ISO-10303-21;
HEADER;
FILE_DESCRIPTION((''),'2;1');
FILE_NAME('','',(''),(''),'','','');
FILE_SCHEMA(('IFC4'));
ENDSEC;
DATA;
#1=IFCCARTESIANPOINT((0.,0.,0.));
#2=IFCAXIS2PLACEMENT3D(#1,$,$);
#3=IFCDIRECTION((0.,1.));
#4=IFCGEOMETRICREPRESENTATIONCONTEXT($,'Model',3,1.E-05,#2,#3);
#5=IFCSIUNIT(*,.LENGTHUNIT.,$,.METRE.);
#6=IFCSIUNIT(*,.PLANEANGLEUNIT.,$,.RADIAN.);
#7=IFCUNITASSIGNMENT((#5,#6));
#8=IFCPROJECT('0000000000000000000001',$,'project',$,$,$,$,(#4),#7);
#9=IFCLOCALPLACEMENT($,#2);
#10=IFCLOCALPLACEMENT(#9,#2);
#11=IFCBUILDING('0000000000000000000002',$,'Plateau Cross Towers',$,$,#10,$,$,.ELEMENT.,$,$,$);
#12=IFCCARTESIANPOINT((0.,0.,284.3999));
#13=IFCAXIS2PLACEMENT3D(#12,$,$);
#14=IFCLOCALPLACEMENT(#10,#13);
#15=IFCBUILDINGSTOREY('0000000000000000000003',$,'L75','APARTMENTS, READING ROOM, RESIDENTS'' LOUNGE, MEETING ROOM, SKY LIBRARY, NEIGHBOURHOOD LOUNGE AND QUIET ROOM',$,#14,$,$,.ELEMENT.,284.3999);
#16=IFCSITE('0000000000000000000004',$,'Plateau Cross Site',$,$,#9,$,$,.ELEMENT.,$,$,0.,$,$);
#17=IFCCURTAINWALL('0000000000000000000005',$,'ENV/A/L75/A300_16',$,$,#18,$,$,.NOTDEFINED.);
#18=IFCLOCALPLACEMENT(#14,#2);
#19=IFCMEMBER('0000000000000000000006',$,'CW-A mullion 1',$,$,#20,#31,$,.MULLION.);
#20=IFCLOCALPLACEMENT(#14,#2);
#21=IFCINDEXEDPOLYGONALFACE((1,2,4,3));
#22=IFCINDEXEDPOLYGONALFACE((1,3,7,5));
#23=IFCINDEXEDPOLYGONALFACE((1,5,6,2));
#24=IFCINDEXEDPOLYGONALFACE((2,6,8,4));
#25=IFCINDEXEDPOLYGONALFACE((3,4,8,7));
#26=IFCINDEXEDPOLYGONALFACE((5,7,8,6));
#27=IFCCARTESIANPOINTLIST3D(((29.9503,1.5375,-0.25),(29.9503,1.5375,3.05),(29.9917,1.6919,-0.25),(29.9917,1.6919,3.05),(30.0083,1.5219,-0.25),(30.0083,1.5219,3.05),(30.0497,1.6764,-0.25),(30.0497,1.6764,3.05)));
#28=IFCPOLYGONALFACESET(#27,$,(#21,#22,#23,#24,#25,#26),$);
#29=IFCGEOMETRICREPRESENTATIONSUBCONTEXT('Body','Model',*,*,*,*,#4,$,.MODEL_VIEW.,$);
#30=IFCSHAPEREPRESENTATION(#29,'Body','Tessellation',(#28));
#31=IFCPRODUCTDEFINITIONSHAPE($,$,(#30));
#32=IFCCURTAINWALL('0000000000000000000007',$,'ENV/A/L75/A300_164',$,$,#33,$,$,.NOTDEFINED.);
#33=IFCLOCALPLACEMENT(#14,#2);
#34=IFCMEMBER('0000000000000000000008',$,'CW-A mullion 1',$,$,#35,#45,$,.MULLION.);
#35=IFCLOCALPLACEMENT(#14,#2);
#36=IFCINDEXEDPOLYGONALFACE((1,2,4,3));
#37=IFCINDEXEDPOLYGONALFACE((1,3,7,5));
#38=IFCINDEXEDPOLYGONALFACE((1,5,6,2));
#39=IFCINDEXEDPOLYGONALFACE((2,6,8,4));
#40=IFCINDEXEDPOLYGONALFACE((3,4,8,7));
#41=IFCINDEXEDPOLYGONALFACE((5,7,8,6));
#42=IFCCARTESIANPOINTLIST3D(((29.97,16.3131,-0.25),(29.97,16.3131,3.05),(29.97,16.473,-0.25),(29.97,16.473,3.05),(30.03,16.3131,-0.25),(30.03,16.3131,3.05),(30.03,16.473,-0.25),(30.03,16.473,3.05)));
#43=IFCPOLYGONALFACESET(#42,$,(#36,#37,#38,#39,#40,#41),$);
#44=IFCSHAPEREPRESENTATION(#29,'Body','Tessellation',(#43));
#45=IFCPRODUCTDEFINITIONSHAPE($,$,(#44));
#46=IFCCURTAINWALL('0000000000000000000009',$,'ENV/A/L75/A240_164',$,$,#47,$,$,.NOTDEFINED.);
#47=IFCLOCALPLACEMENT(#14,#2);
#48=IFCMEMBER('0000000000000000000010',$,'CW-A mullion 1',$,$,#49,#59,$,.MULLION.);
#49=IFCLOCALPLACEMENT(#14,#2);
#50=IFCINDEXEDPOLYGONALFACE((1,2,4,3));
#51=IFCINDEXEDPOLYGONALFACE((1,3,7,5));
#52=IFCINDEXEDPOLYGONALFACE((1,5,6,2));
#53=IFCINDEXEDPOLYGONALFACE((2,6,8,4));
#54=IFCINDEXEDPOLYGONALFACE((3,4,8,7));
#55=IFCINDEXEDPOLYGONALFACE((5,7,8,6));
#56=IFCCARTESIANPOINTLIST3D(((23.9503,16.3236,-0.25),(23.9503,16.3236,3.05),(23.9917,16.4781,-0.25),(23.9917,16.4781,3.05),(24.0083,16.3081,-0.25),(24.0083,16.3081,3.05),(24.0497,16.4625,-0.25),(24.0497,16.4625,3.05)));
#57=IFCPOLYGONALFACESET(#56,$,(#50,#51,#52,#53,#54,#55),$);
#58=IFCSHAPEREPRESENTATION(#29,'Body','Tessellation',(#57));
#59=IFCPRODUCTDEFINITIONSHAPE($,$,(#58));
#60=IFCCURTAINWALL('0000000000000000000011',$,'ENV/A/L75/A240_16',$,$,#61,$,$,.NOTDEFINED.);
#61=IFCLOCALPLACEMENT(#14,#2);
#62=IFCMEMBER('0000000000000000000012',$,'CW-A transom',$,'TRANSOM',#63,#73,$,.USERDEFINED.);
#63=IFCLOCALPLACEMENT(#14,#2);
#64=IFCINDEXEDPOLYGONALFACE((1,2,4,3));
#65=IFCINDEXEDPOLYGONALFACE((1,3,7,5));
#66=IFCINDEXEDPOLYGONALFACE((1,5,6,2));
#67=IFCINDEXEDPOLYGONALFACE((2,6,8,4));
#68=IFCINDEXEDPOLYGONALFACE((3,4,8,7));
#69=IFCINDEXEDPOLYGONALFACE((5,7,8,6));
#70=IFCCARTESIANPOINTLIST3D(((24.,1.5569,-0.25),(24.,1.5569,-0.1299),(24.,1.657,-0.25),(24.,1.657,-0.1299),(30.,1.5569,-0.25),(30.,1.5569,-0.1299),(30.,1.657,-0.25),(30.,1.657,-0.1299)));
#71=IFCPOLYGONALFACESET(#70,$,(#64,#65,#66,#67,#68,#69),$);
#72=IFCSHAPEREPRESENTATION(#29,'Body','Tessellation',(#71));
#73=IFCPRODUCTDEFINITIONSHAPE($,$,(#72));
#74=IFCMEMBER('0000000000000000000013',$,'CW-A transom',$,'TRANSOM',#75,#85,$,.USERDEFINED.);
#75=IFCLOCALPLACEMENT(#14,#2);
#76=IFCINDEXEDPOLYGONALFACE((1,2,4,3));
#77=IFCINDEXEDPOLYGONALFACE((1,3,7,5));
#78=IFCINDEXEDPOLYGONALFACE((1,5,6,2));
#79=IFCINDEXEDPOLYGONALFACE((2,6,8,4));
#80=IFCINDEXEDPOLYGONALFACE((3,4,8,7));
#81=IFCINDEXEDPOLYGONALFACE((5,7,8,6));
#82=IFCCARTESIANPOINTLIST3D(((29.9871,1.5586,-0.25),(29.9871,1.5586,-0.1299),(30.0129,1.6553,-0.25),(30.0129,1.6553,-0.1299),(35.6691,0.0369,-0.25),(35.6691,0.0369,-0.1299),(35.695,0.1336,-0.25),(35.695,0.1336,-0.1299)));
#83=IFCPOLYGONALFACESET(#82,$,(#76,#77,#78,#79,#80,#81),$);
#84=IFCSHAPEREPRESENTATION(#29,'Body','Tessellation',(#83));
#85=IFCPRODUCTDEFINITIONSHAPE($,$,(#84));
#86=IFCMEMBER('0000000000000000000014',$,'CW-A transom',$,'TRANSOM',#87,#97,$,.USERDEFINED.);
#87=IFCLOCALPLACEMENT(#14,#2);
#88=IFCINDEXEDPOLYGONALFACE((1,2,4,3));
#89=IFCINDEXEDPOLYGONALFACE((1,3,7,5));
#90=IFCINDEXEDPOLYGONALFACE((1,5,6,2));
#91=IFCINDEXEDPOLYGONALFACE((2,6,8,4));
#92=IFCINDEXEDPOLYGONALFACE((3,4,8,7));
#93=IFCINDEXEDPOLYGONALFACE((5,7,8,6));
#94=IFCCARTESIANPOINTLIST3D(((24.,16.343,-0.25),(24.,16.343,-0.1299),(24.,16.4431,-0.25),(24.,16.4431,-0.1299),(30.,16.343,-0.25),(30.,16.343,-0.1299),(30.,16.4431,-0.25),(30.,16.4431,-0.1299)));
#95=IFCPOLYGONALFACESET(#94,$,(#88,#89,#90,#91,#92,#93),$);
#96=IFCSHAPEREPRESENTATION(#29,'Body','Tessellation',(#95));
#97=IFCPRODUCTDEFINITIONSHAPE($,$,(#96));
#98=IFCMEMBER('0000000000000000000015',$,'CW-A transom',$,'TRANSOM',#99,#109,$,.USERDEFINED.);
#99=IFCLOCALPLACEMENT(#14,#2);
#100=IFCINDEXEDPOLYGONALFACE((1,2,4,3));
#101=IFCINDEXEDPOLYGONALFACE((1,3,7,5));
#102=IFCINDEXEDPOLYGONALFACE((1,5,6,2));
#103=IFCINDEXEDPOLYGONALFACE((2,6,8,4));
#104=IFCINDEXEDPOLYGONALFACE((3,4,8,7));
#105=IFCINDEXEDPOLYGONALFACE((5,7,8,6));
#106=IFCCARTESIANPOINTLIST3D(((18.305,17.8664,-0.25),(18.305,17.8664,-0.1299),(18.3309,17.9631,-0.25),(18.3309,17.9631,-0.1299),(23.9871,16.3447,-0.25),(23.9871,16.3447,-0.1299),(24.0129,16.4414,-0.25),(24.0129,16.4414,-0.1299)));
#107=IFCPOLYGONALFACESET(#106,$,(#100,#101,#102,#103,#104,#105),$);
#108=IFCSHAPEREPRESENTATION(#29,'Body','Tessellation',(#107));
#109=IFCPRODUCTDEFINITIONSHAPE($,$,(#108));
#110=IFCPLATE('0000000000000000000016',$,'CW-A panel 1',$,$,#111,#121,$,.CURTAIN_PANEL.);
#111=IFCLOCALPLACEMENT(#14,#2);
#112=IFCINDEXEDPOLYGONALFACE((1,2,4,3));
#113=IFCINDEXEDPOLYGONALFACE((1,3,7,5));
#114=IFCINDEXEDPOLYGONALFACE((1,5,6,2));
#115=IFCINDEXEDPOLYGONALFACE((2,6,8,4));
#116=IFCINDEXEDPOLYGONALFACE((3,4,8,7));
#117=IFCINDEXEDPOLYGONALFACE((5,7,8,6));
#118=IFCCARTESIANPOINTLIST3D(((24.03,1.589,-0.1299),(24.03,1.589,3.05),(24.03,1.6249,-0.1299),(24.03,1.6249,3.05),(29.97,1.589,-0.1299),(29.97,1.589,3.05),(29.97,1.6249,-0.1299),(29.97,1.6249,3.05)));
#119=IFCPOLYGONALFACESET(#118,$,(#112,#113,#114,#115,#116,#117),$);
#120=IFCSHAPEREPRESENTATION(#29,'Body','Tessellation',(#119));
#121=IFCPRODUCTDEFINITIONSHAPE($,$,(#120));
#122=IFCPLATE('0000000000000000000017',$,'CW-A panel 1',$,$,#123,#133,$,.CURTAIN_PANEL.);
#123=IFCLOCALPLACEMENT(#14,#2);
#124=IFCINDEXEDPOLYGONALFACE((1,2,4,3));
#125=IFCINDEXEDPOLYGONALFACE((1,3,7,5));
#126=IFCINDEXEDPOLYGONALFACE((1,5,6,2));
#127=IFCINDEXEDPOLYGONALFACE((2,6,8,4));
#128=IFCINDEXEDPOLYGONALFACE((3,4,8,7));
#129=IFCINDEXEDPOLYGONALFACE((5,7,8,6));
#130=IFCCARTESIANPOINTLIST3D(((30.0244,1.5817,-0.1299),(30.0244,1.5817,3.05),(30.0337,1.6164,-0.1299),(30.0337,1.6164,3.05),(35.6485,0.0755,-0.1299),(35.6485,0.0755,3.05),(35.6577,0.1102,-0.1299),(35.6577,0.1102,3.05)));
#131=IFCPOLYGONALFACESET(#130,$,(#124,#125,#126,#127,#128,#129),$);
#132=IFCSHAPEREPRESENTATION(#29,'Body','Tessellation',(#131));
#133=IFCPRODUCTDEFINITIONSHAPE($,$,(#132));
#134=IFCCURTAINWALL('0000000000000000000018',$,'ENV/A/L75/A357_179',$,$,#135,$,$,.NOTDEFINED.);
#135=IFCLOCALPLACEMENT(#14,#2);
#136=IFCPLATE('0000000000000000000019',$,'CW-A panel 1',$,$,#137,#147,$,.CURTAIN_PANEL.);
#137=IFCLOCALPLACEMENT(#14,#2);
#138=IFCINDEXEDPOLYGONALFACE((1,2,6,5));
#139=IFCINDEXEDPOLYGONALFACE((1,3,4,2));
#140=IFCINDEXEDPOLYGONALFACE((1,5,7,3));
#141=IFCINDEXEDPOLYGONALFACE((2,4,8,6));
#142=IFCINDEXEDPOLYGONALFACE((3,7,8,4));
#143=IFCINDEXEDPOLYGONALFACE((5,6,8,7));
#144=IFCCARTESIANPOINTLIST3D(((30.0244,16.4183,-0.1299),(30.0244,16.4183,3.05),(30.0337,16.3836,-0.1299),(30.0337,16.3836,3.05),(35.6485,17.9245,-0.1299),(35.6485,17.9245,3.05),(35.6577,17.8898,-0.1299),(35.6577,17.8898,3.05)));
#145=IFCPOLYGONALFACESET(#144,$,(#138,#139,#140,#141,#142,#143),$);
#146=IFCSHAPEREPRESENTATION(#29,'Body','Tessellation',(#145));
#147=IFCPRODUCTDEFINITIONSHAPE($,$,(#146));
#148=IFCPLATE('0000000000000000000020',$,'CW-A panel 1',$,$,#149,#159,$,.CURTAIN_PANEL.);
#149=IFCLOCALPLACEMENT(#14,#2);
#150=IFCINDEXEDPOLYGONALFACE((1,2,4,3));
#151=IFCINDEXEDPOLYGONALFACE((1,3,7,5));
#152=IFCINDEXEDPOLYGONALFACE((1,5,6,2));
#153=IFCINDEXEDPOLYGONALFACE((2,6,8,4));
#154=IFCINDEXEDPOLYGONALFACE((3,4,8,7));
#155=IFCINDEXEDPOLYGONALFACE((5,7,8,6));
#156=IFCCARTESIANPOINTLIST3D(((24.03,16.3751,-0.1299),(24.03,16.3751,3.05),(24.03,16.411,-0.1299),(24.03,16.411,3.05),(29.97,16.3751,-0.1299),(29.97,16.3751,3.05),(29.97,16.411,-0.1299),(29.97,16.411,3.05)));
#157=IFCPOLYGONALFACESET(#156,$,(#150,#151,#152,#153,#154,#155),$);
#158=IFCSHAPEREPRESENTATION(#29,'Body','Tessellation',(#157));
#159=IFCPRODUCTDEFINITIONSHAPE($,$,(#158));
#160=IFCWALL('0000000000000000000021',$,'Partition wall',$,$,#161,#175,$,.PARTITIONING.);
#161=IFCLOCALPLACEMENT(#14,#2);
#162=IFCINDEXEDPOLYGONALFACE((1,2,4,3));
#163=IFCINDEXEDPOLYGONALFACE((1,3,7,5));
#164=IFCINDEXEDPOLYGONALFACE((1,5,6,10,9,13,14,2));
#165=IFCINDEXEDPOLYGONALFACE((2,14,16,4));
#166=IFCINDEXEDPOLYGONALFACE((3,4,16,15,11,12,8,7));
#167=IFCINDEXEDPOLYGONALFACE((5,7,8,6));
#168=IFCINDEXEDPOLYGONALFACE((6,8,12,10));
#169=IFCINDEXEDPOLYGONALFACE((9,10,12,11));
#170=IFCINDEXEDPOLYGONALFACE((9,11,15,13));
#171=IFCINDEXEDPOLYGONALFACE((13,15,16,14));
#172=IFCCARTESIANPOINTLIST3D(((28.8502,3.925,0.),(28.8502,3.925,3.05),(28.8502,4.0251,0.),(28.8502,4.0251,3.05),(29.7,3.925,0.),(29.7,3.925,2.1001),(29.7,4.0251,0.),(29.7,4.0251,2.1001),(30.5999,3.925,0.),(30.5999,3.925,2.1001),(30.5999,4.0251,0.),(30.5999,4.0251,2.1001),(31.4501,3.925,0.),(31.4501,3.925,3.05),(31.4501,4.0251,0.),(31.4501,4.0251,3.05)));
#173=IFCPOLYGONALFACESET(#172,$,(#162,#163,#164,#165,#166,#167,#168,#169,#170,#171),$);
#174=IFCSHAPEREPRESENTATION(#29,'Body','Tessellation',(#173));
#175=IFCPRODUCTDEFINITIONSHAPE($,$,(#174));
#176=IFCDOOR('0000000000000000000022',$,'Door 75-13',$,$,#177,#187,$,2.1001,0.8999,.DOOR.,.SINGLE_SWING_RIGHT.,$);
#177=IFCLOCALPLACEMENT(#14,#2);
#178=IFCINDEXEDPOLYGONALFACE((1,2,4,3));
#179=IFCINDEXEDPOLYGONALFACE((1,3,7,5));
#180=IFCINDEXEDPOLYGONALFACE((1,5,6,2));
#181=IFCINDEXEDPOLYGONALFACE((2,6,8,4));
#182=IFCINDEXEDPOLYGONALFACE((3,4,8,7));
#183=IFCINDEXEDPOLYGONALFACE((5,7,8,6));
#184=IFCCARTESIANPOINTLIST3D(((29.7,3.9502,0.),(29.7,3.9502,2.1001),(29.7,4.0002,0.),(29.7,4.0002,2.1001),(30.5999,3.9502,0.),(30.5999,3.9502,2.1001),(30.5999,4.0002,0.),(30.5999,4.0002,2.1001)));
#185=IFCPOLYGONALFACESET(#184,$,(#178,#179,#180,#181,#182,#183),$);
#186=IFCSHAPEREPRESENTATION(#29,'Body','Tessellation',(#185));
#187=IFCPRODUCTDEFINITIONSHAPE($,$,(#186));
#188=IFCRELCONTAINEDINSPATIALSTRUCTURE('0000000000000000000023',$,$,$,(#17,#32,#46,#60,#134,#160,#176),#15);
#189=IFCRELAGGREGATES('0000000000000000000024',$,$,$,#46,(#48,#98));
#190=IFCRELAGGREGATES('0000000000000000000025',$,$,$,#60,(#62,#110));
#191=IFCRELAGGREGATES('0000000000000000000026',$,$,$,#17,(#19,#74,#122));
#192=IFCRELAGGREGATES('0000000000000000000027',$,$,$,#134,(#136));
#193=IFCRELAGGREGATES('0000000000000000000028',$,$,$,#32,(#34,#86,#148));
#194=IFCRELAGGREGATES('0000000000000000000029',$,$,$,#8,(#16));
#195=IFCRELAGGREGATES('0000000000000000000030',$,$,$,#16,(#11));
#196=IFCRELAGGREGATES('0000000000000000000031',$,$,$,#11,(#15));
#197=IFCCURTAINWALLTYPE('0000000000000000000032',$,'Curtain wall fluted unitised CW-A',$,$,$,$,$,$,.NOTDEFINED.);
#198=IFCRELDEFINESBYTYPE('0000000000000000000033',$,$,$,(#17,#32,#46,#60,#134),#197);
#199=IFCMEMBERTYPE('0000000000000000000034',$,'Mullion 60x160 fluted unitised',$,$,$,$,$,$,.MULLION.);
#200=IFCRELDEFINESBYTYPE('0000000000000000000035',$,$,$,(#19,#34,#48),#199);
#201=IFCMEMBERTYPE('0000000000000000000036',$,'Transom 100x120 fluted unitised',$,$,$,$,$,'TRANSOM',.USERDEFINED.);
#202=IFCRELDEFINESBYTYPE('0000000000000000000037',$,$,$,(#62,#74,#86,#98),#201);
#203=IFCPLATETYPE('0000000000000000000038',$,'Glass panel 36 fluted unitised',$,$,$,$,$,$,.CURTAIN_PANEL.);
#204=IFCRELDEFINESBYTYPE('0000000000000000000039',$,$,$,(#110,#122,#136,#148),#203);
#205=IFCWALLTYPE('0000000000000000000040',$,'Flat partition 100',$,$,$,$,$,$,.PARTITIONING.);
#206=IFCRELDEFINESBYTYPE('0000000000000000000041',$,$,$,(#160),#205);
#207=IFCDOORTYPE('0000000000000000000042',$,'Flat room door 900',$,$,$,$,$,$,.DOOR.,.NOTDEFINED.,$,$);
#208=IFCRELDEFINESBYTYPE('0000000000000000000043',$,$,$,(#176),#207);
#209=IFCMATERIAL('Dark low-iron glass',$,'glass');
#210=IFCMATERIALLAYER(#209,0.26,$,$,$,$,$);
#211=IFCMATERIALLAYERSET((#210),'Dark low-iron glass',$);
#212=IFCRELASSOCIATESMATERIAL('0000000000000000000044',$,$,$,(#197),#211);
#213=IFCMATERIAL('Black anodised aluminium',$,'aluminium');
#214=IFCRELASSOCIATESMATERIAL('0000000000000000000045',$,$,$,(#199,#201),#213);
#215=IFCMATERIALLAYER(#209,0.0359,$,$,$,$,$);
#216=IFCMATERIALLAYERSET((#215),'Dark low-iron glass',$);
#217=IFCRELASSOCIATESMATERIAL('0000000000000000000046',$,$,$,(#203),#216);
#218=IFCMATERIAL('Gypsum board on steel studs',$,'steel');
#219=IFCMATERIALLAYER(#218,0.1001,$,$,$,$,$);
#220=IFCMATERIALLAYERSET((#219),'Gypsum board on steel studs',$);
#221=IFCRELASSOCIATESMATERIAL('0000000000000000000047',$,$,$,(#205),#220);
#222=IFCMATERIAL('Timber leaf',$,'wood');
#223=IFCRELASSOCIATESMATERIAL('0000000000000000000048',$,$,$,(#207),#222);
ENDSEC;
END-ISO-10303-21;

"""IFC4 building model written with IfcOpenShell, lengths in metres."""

from ifc_helpers import new_model, si_unit, direction, frame, frame_2d, origin, origin_2d, place, context, subcontext, project, spatial, rectangle, extrude, material, layer, layer_set, material_profile, profile_set, type_object, element, fill, aggregate, save


model = new_model("IFC4")

# Units and contexts
model_context = context("Model", 3, precision=1e-05, world=origin(), true_north=direction((0.0, 1.0)))
body_context = subcontext(model_context, "Body", "Model", "MODEL_VIEW")
ifc_project = project(units=[si_unit("LENGTHUNIT", "METRE"), si_unit("PLANEANGLEUNIT", "RADIAN")], contexts=[model_context])

# Site, building, storey
site_placement = place(None, origin())
site = spatial("IfcSite", under=ifc_project, at=site_placement, Name="Plateau Cross Site", CompositionType="ELEMENT", RefElevation=0.0)
building_placement = place(site_placement, origin())
building = spatial("IfcBuilding", under=site, at=building_placement, Name="Plateau Cross Towers", CompositionType="ELEMENT")
storey_placement = place(building_placement, frame((0.0, 0.0, 284.3999)))
storey = spatial("IfcBuildingStorey", under=building, at=storey_placement, Name="L75", Description="APARTMENTS, READING ROOM, RESIDENTS' LOUNGE, MEETING ROOM, SKY LIBRARY, NEIGHBOURHOOD LOUNGE AND QUIET ROOM", CompositionType="ELEMENT", Elevation=284.3999)

# Curtain walls, members
ifc_material_1 = material(Name="Dark low-iron glass", Category="glass")
ifc_layer_1 = layer(ifc_material_1, 0.26)
ifc_layer_set_1 = layer_set([ifc_layer_1], Name="Dark low-iron glass")
curtain_wall_type = type_object("IfcCurtainWallType", Name="Curtain wall fluted unitised CW-A", PredefinedType="NOTDEFINED", material=ifc_layer_set_1)
curtain_wall_1_placement = place(storey_placement, origin())
curtain_wall_1 = element("IfcCurtainWall", 1, at=curtain_wall_1_placement, inside=storey, type_object=curtain_wall_type, Name="ENV/A/L75/A300_16", PredefinedType="NOTDEFINED")
ifc_material_2 = material(Name="Black anodised aluminium", Category="aluminium")
ifc_material_profile_1 = material_profile(ifc_material_2, rectangle(XDim=0.0601, YDim=0.1599, at=origin_2d()), Name="MULLION 60x160")
ifc_profile_set_1 = profile_set([ifc_material_profile_1], Name="Black anodised aluminium")
member_type_1 = type_object("IfcMemberType", Name="Mullion 60x160 fluted unitised", PredefinedType="MULLION", material=ifc_profile_set_1)
member_1_placement = place(storey_placement, frame((30.0, 1.6069, -0.25), z_axis=(0.0, 0.0, 1.0), x_axis=(0.965958, -0.258699, 0.0)))
member_1 = element("IfcMember", 2, at=member_1_placement, type_object=member_type_1, Name="CW-A mullion 1", PredefinedType="MULLION", context=body_context, shape_type="SweptSolid", body=[
    extrude(rectangle(XDim=0.0601, YDim=0.1599, at=origin_2d()), origin(), (0.0, 0.0, 1.0), 3.3),
])
curtain_wall_2_placement = place(storey_placement, origin())
curtain_wall_2 = element("IfcCurtainWall", 3, at=curtain_wall_2_placement, inside=storey, type_object=curtain_wall_type, Name="ENV/A/L75/A300_164", PredefinedType="NOTDEFINED")
member_2_placement = place(storey_placement, frame((30.0, 16.3931, -0.25), z_axis=(0.0, 0.0, 1.0), x_axis=(-1.0, 0.0, 0.0)))
member_2 = element("IfcMember", 4, at=member_2_placement, type_object=member_type_1, Name="CW-A mullion 1", PredefinedType="MULLION", context=body_context, shape_type="SweptSolid", body=[
    extrude(rectangle(XDim=0.0601, YDim=0.1599, at=origin_2d()), origin(), (0.0, 0.0, 1.0), 3.3),
])
curtain_wall_3_placement = place(storey_placement, origin())
curtain_wall_3 = element("IfcCurtainWall", 5, at=curtain_wall_3_placement, inside=storey, type_object=curtain_wall_type, Name="ENV/A/L75/A240_164", PredefinedType="NOTDEFINED")
member_3_placement = place(storey_placement, frame((24.0, 16.3931, -0.25), z_axis=(0.0, 0.0, 1.0), x_axis=(-0.965958, 0.258699, 0.0)))
member_3 = element("IfcMember", 6, at=member_3_placement, type_object=member_type_1, Name="CW-A mullion 1", PredefinedType="MULLION", context=body_context, shape_type="SweptSolid", body=[
    extrude(rectangle(XDim=0.0601, YDim=0.1599, at=origin_2d()), origin(), (0.0, 0.0, 1.0), 3.3),
])
curtain_wall_4_placement = place(storey_placement, origin())
curtain_wall_4 = element("IfcCurtainWall", 7, at=curtain_wall_4_placement, inside=storey, type_object=curtain_wall_type, Name="ENV/A/L75/A240_16", PredefinedType="NOTDEFINED")
ifc_material_profile_2 = material_profile(ifc_material_2, rectangle(XDim=0.1001, YDim=0.1201, at=origin_2d()), Name="TRANSOM 100x120")
ifc_profile_set_2 = profile_set([ifc_material_profile_2], Name="Black anodised aluminium")
member_type_2 = type_object("IfcMemberType", Name="Transom 100x120 fluted unitised", ElementType="TRANSOM", PredefinedType="USERDEFINED", material=ifc_profile_set_2)
member_4_placement = place(storey_placement, frame((24.0, 1.6069, -0.1899), z_axis=(1.0, 0.0, 0.0), x_axis=(0.0, 1.0, 0.0)))
member_4 = element("IfcMember", 8, at=member_4_placement, type_object=member_type_2, Name="CW-A transom", ObjectType="TRANSOM", PredefinedType="USERDEFINED", context=body_context, shape_type="SweptSolid", body=[
    extrude(rectangle(XDim=0.1001, YDim=0.1201, at=origin_2d()), origin(), (0.0, 0.0, 1.0), 6.0),
])

# Members
member_5_placement = place(storey_placement, frame((30.0, 1.6069, -0.1899), z_axis=(0.96596, -0.258693, 0.0), x_axis=(0.258693, 0.96596, 0.0)))
member_5 = element("IfcMember", 9, at=member_5_placement, type_object=member_type_2, Name="CW-A transom", ObjectType="TRANSOM", PredefinedType="USERDEFINED", context=body_context, shape_type="SweptSolid", body=[
    extrude(rectangle(XDim=0.1001, YDim=0.1201, at=origin_2d()), origin(), (0.0, 0.0, 1.0), 5.8823),
])
member_6_placement = place(storey_placement, frame((30.0, 16.3931, -0.1899), z_axis=(-1.0, 0.0, 0.0), x_axis=(0.0, -1.0, 0.0)))
member_6 = element("IfcMember", 10, at=member_6_placement, type_object=member_type_2, Name="CW-A transom", ObjectType="TRANSOM", PredefinedType="USERDEFINED", context=body_context, shape_type="SweptSolid", body=[
    extrude(rectangle(XDim=0.1001, YDim=0.1201, at=origin_2d()), origin(), (0.0, 0.0, 1.0), 6.0),
])
member_7_placement = place(storey_placement, frame((24.0, 16.3931, -0.1899), z_axis=(-0.96596, 0.258693, 0.0), x_axis=(-0.258693, -0.96596, 0.0)))
member_7 = element("IfcMember", 11, at=member_7_placement, type_object=member_type_2, Name="CW-A transom", ObjectType="TRANSOM", PredefinedType="USERDEFINED", context=body_context, shape_type="SweptSolid", body=[
    extrude(rectangle(XDim=0.1001, YDim=0.1201, at=origin_2d()), origin(), (0.0, 0.0, 1.0), 5.8823),
])
aggregate(curtain_wall_3, [member_3, member_7])

# Plates
ifc_layer_2 = layer(ifc_material_1, 0.0359)
ifc_layer_set_2 = layer_set([ifc_layer_2], Name="Dark low-iron glass")
plate_type = type_object("IfcPlateType", Name="Glass panel 36 fluted unitised", PredefinedType="CURTAIN_PANEL", material=ifc_layer_set_2)
plate_1_placement = place(storey_placement, frame((27.0, 1.6069, -0.1299), z_axis=(0.0, 0.0, 1.0), x_axis=(1.0, 0.0, 0.0)))
plate_1 = element("IfcPlate", 12, at=plate_1_placement, type_object=plate_type, Name="CW-A panel 1", PredefinedType="CURTAIN_PANEL", context=body_context, shape_type="SweptSolid", body=[
    extrude(rectangle(XDim=5.9399, YDim=0.0359, at=origin_2d()), origin(), (0.0, 0.0, 1.0), 3.1799),
])
aggregate(curtain_wall_4, [member_4, plate_1])
plate_2_placement = place(storey_placement, frame((32.8411, 0.8459, -0.1299), z_axis=(0.0, 0.0, 1.0), x_axis=(0.965958, -0.258699, 0.0)))
plate_2 = element("IfcPlate", 13, at=plate_2_placement, type_object=plate_type, Name="CW-A panel 1", PredefinedType="CURTAIN_PANEL", context=body_context, shape_type="SweptSolid", body=[
    extrude(rectangle(XDim=5.8223, YDim=0.0359, at=origin_2d()), origin(), (0.0, 0.0, 1.0), 3.1799),
])
aggregate(curtain_wall_1, [member_1, member_5, plate_2])

# Curtain wall, plate
curtain_wall_5_placement = place(storey_placement, origin())
curtain_wall_5 = element("IfcCurtainWall", 14, at=curtain_wall_5_placement, inside=storey, type_object=curtain_wall_type, Name="ENV/A/L75/A357_179", PredefinedType="NOTDEFINED")
plate_3_placement = place(storey_placement, frame((32.8411, 17.1541, -0.1299), z_axis=(0.0, 0.0, 1.0), x_axis=(-0.965958, -0.258699, 0.0)))
plate_3 = element("IfcPlate", 15, at=plate_3_placement, type_object=plate_type, Name="CW-A panel 1", PredefinedType="CURTAIN_PANEL", context=body_context, shape_type="SweptSolid", body=[
    extrude(rectangle(XDim=5.8223, YDim=0.0359, at=origin_2d()), origin(), (0.0, 0.0, 1.0), 3.1799),
])
aggregate(curtain_wall_5, [plate_3])

# Plate
plate_4_placement = place(storey_placement, frame((27.0, 16.3931, -0.1299), z_axis=(0.0, 0.0, 1.0), x_axis=(-1.0, 0.0, 0.0)))
plate_4 = element("IfcPlate", 16, at=plate_4_placement, type_object=plate_type, Name="CW-A panel 1", PredefinedType="CURTAIN_PANEL", context=body_context, shape_type="SweptSolid", body=[
    extrude(rectangle(XDim=5.9399, YDim=0.0359, at=origin_2d()), origin(), (0.0, 0.0, 1.0), 3.1799),
])
aggregate(curtain_wall_2, [member_2, member_6, plate_4])

# Wall, opening, door
ifc_material_3 = material(Name="Gypsum board on steel studs", Category="steel")
ifc_layer_3 = layer(ifc_material_3, 0.1001)
ifc_layer_set_3 = layer_set([ifc_layer_3], Name="Gypsum board on steel studs")
wall_type_1 = type_object("IfcWallType", Name="Flat partition 100", PredefinedType="PARTITIONING", material=ifc_layer_set_3)
wall_1_placement = place(storey_placement, frame((31.45, 3.9751, 0.0), z_axis=(0.0, 0.0, 1.0), x_axis=(-1.0, 0.0, 0.0)))
wall_1 = element("IfcWall", 17, at=wall_1_placement, inside=storey, type_object=wall_type_1, Name="Partition wall", PredefinedType="PARTITIONING", context=body_context, shape_type="SweptSolid", body=[
    extrude(rectangle(XDim=2.5999, YDim=0.1001, at=frame_2d((1.2998, 0.0))), origin(), (0.0, 0.0, 1.0), 3.05),
])
opening_1_placement = place(wall_1_placement, frame((0.8501, 0.0, 0.0)))
opening_1 = element("IfcOpeningElement", 18, at=opening_1_placement, cuts=wall_1, PredefinedType="OPENING", context=body_context, shape_type="SweptSolid", body=[
    extrude(rectangle(XDim=0.8999, YDim=2.1001, at=frame_2d((0.45, 1.05))), frame((0.0, 0.0601, 0.0), z_axis=(0.0, -1.0, 0.0), x_axis=(1.0, 0.0, 0.0)), (0.0, 0.0, 1.0), 0.1201),
])
ifc_material_4 = material(Name="Timber leaf", Category="wood")
door_type = type_object("IfcDoorType", Name="Flat room door 900", OperationType="NOTDEFINED", PredefinedType="DOOR", material=ifc_material_4)
door_1_placement = place(opening_1_placement, origin())
door_1 = element("IfcDoor", 19, at=door_1_placement, inside=storey, type_object=door_type, Name="Door 75-13", OperationType="SINGLE_SWING_RIGHT", OverallHeight=2.1001, OverallWidth=0.8999, PredefinedType="DOOR", context=body_context, shape_type="SweptSolid", body=[
    extrude(rectangle(XDim=0.8999, YDim=2.1001, at=frame_2d((0.45, 1.05))), frame((0.0, 0.0249, 0.0), z_axis=(0.0, -1.0, 0.0), x_axis=(1.0, 0.0, 0.0)), (0.0, 0.0, 1.0), 0.05),
])
fill(opening_1, door_1)

save(model, "model.ifc")
